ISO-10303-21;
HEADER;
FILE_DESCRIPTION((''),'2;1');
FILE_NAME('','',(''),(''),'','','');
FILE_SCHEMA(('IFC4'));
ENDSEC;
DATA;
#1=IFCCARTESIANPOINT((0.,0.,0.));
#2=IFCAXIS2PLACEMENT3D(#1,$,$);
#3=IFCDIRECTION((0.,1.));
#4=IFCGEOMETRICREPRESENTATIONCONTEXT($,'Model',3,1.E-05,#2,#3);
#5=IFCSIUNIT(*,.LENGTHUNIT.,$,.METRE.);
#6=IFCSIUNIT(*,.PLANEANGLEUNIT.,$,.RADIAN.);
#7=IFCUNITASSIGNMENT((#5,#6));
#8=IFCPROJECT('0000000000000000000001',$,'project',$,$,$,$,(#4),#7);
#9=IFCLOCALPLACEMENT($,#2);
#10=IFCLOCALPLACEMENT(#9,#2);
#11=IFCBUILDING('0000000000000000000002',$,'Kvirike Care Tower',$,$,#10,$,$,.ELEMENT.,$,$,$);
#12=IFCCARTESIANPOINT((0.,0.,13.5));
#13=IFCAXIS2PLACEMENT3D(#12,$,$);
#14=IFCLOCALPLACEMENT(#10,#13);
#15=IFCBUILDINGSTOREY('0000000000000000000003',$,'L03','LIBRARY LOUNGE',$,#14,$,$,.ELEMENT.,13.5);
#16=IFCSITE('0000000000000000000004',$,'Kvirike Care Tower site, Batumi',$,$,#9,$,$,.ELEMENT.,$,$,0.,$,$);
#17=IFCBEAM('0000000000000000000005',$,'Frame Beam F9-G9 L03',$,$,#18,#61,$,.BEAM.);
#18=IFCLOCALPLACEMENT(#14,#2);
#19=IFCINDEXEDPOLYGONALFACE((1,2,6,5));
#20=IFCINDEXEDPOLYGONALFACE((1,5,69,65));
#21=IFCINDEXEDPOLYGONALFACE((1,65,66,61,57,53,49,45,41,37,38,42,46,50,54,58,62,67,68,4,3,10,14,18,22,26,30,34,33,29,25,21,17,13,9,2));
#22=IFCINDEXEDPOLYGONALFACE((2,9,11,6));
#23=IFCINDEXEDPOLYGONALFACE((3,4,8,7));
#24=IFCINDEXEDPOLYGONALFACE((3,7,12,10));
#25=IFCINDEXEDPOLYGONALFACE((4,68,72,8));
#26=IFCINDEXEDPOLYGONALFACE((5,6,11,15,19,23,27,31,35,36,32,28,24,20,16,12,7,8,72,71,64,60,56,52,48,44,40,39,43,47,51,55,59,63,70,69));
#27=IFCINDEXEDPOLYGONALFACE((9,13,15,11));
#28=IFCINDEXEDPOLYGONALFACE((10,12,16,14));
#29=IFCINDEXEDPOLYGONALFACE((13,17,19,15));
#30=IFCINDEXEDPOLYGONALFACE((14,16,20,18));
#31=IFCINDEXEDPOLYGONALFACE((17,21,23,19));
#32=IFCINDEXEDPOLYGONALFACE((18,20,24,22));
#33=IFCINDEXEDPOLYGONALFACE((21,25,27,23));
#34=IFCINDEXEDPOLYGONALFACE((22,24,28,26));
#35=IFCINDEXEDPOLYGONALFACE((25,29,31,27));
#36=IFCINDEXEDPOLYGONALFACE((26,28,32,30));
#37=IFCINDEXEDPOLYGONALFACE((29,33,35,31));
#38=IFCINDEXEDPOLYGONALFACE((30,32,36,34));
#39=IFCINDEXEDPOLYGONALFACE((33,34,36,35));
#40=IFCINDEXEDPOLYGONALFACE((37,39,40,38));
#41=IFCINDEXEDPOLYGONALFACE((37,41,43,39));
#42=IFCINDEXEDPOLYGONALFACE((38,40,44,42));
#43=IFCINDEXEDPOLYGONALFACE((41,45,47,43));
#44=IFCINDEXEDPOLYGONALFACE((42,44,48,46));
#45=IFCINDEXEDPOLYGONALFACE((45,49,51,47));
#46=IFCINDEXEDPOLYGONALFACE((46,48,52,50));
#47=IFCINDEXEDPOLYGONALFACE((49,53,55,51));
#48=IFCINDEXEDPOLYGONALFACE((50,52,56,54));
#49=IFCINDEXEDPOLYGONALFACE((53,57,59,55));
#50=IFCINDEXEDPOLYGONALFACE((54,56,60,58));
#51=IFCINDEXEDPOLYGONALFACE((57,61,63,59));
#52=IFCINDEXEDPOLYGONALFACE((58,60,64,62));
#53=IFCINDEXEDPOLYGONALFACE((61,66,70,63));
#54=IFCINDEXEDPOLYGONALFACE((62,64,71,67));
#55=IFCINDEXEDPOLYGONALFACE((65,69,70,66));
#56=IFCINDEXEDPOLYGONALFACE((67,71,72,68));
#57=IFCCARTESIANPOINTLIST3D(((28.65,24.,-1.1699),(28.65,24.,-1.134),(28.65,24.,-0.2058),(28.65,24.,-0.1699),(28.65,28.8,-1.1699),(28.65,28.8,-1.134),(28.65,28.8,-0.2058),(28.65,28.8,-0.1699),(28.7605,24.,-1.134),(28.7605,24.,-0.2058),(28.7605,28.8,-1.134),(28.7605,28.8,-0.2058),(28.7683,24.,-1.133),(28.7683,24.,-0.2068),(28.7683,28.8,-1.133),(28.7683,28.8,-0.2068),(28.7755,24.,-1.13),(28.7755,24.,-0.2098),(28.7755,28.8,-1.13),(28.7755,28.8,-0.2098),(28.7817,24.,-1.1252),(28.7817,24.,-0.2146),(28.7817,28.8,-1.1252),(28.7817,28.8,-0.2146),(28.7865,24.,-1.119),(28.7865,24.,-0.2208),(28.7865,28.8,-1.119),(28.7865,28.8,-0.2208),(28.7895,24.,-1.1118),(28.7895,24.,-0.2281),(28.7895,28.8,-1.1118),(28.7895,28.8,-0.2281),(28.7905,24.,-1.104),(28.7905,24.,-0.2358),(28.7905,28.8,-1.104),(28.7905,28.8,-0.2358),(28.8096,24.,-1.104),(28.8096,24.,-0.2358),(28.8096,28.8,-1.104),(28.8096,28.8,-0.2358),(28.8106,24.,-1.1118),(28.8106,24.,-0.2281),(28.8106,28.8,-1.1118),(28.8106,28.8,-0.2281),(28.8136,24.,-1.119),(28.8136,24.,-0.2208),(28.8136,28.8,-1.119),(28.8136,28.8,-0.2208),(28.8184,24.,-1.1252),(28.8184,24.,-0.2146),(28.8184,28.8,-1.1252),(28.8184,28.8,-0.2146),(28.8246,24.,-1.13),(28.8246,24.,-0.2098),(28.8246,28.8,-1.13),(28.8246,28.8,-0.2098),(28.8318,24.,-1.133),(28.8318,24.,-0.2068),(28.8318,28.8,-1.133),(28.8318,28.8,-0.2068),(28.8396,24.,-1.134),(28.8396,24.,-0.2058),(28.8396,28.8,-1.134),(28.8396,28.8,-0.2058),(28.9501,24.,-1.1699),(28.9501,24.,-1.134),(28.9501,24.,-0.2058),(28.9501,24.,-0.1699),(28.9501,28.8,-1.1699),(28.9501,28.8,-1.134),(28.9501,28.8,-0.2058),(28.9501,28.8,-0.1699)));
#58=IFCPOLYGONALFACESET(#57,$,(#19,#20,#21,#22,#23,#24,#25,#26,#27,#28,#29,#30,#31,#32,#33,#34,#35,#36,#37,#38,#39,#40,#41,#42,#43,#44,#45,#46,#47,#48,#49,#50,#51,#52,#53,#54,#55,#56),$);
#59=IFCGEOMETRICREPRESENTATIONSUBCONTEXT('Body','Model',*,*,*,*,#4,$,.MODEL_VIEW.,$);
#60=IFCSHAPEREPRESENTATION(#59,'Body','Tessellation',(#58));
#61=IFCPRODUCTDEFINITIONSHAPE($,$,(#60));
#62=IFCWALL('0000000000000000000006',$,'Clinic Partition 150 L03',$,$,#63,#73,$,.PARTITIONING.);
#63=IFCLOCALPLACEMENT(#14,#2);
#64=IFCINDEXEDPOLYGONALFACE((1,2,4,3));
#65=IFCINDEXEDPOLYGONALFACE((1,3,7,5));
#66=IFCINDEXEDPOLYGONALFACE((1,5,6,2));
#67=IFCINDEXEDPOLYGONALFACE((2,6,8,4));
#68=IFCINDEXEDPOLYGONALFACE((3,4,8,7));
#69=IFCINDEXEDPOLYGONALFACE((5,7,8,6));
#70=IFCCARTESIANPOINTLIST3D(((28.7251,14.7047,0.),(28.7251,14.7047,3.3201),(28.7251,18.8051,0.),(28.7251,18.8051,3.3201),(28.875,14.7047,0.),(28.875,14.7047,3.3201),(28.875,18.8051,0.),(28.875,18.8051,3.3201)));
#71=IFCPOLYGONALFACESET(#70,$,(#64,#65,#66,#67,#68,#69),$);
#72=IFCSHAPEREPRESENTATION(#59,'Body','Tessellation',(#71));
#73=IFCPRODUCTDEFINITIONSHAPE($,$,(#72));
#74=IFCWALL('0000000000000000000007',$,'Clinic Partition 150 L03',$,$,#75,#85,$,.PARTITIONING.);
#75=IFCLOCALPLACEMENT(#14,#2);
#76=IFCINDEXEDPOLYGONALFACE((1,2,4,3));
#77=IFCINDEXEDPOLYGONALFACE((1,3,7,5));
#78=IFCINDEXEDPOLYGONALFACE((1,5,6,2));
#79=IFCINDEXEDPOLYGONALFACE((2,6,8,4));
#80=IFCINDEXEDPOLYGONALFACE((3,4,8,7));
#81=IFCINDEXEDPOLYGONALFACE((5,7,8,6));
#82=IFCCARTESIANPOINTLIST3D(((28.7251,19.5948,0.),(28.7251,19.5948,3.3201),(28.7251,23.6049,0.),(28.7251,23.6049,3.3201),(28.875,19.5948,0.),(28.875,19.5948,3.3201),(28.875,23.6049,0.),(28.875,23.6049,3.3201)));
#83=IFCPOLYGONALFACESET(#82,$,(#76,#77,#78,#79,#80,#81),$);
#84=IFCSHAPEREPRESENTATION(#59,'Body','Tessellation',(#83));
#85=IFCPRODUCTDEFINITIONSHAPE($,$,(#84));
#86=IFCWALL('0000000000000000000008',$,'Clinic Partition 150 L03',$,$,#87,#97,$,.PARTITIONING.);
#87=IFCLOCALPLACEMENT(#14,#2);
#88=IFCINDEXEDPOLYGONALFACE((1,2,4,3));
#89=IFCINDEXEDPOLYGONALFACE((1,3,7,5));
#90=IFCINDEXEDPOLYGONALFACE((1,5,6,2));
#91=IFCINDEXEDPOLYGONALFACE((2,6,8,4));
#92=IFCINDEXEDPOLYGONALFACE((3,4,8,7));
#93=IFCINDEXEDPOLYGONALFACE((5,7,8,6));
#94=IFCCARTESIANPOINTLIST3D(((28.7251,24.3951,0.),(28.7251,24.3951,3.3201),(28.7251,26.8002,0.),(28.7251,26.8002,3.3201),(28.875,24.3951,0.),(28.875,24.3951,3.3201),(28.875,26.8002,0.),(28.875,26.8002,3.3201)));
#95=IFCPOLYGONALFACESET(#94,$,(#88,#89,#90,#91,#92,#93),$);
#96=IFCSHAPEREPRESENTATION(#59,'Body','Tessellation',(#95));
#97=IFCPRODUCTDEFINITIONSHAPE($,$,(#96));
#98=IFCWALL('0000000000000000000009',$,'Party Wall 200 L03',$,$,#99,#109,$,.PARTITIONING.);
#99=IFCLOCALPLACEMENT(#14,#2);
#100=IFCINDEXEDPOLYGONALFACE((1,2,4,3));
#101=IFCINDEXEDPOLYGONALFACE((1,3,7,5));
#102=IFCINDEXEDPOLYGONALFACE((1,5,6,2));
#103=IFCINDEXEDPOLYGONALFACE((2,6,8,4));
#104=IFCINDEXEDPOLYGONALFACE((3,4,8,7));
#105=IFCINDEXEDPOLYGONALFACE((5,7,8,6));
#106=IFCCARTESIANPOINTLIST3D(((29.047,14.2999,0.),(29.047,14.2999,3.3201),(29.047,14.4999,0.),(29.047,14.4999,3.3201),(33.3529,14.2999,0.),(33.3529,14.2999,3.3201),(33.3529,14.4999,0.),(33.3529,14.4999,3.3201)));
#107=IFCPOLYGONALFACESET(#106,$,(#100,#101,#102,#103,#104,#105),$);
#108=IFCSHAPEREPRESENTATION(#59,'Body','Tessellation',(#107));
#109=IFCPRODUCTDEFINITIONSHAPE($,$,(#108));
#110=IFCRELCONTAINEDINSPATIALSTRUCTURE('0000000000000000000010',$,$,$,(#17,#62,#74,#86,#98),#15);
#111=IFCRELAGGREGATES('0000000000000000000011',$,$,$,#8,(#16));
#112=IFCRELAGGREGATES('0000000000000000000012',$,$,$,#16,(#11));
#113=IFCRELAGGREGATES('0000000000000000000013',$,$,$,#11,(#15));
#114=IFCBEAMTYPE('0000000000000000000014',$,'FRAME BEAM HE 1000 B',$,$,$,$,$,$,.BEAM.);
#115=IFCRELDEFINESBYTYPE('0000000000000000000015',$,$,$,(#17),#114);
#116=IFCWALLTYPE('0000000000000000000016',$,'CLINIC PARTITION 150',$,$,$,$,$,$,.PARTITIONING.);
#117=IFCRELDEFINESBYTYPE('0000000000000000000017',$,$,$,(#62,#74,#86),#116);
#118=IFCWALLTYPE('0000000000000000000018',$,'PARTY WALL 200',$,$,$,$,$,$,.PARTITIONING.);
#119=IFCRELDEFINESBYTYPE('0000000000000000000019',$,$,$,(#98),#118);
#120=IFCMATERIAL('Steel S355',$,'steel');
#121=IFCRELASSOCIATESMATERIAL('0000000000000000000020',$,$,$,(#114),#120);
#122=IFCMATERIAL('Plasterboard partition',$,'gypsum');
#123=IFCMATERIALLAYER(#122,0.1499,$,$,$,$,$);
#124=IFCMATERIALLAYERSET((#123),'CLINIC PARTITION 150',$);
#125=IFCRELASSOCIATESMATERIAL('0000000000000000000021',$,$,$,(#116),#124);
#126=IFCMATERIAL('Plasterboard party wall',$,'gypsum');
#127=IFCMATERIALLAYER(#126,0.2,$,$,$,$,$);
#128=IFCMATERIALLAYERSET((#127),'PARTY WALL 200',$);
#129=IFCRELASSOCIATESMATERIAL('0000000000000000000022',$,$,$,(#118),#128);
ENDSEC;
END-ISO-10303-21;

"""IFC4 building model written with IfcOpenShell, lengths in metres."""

from ifc_helpers import new_model, si_unit, direction, frame, frame_2d, origin, origin_2d, place, context, subcontext, project, spatial, rectangle, i_section, extrude, material, layer, layer_set, material_profile, profile_set, type_object, element, save


model = new_model("IFC4")

# Units and contexts
model_context = context("Model", 3, precision=1e-05, world=origin(), true_north=direction((0.0, 1.0)))
body_context = subcontext(model_context, "Body", "Model", "MODEL_VIEW")
ifc_project = project(units=[si_unit("LENGTHUNIT", "METRE"), si_unit("PLANEANGLEUNIT", "RADIAN")], contexts=[model_context])

# Site, building, storey
site_placement = place(None, origin())
site = spatial("IfcSite", under=ifc_project, at=site_placement, Name="Kvirike Care Tower site, Batumi", CompositionType="ELEMENT", RefElevation=0.0)
building_placement = place(site_placement, origin())
building = spatial("IfcBuilding", under=site, at=building_placement, Name="Kvirike Care Tower", CompositionType="ELEMENT")
storey_placement = place(building_placement, frame((0.0, 0.0, 13.5)))
storey = spatial("IfcBuildingStorey", under=building, at=storey_placement, Name="L03", Description="LIBRARY LOUNGE", CompositionType="ELEMENT", Elevation=13.5)

# Beam
ifc_material_1 = material(Name="Steel S355", Category="steel")
ifc_material_profile_1 = material_profile(ifc_material_1, i_section(OverallWidth=0.3, OverallDepth=1.0, WebThickness=0.019, FlangeThickness=0.0359, FilletRadius=0.03, at=origin_2d()), Name="HE 1000 B")
ifc_profile_set_1 = profile_set([ifc_material_profile_1], Name="Steel S355")
beam_type_1 = type_object("IfcBeamType", Name="FRAME BEAM HE 1000 B", PredefinedType="BEAM", material=ifc_profile_set_1)
for number, where, z_axis, x_axis, name in (
    (1, (28.8, 24.0, -0.6699), (0.0, 1.0, 0.0), (-1.0, 0.0, 0.0), "Frame Beam F9-G9 L03"),
):
    element("IfcBeam", number, at=place(storey_placement, frame(where, z_axis=z_axis, x_axis=x_axis)), inside=storey, type_object=beam_type_1, Name=name, PredefinedType="BEAM", context=body_context, shape_type="SweptSolid", body=[
        extrude(i_section(OverallWidth=0.3, OverallDepth=1.0, WebThickness=0.019, FlangeThickness=0.0359, FilletRadius=0.03, at=origin_2d()), origin(), (0.0, 0.0, 1.0), 4.8),
    ])

# Walls
ifc_material_2 = material(Name="Plasterboard partition", Category="gypsum")
ifc_layer_1 = layer(ifc_material_2, 0.1499)
ifc_layer_set_1 = layer_set([ifc_layer_1], Name="CLINIC PARTITION 150")
wall_type_1 = type_object("IfcWallType", Name="CLINIC PARTITION 150", PredefinedType="PARTITIONING", material=ifc_layer_set_1)
wall_1_placement = place(storey_placement, frame((28.8, 14.7046, 0.0), z_axis=(0.0, 0.0, 1.0), x_axis=(0.0, 1.0, 0.0)))
element("IfcWall", 2, at=wall_1_placement, inside=storey, type_object=wall_type_1, Name="Clinic Partition 150 L03", PredefinedType="PARTITIONING", context=body_context, shape_type="SweptSolid", body=[
    extrude(rectangle(XDim=4.1003, YDim=0.1499, at=frame_2d((2.0503, 0.0))), origin(), (0.0, 0.0, 1.0), 3.3201),
])
wall_2_placement = place(storey_placement, frame((28.8, 19.595, 0.0), z_axis=(0.0, 0.0, 1.0), x_axis=(0.0, 1.0, 0.0)))
element("IfcWall", 3, at=wall_2_placement, inside=storey, type_object=wall_type_1, Name="Clinic Partition 150 L03", PredefinedType="PARTITIONING", context=body_context, shape_type="SweptSolid", body=[
    extrude(rectangle(XDim=4.01, YDim=0.1499, at=frame_2d((2.0049, 0.0))), origin(), (0.0, 0.0, 1.0), 3.3201),
])
wall_3_placement = place(storey_placement, frame((28.8, 24.395, 0.0), z_axis=(0.0, 0.0, 1.0), x_axis=(0.0, 1.0, 0.0)))
element("IfcWall", 4, at=wall_3_placement, inside=storey, type_object=wall_type_1, Name="Clinic Partition 150 L03", PredefinedType="PARTITIONING", context=body_context, shape_type="SweptSolid", body=[
    extrude(rectangle(XDim=2.405, YDim=0.1499, at=frame_2d((1.2026, 0.0))), origin(), (0.0, 0.0, 1.0), 3.3201),
])
ifc_material_3 = material(Name="Plasterboard party wall", Category="gypsum")
ifc_layer_2 = layer(ifc_material_3, 0.2)
ifc_layer_set_2 = layer_set([ifc_layer_2], Name="PARTY WALL 200")
wall_type_2 = type_object("IfcWallType", Name="PARTY WALL 200", PredefinedType="PARTITIONING", material=ifc_layer_set_2)
wall_4_placement = place(storey_placement, frame((29.0471, 14.3999, 0.0), z_axis=(0.0, 0.0, 1.0), x_axis=(1.0, 0.0, 0.0)))
element("IfcWall", 5, at=wall_4_placement, inside=storey, type_object=wall_type_2, Name="Party Wall 200 L03", PredefinedType="PARTITIONING", context=body_context, shape_type="SweptSolid", body=[
    extrude(rectangle(XDim=4.3059, YDim=0.2, at=frame_2d((2.1528, 0.0))), origin(), (0.0, 0.0, 1.0), 3.3201),
])

save(model, "model.ifc")
